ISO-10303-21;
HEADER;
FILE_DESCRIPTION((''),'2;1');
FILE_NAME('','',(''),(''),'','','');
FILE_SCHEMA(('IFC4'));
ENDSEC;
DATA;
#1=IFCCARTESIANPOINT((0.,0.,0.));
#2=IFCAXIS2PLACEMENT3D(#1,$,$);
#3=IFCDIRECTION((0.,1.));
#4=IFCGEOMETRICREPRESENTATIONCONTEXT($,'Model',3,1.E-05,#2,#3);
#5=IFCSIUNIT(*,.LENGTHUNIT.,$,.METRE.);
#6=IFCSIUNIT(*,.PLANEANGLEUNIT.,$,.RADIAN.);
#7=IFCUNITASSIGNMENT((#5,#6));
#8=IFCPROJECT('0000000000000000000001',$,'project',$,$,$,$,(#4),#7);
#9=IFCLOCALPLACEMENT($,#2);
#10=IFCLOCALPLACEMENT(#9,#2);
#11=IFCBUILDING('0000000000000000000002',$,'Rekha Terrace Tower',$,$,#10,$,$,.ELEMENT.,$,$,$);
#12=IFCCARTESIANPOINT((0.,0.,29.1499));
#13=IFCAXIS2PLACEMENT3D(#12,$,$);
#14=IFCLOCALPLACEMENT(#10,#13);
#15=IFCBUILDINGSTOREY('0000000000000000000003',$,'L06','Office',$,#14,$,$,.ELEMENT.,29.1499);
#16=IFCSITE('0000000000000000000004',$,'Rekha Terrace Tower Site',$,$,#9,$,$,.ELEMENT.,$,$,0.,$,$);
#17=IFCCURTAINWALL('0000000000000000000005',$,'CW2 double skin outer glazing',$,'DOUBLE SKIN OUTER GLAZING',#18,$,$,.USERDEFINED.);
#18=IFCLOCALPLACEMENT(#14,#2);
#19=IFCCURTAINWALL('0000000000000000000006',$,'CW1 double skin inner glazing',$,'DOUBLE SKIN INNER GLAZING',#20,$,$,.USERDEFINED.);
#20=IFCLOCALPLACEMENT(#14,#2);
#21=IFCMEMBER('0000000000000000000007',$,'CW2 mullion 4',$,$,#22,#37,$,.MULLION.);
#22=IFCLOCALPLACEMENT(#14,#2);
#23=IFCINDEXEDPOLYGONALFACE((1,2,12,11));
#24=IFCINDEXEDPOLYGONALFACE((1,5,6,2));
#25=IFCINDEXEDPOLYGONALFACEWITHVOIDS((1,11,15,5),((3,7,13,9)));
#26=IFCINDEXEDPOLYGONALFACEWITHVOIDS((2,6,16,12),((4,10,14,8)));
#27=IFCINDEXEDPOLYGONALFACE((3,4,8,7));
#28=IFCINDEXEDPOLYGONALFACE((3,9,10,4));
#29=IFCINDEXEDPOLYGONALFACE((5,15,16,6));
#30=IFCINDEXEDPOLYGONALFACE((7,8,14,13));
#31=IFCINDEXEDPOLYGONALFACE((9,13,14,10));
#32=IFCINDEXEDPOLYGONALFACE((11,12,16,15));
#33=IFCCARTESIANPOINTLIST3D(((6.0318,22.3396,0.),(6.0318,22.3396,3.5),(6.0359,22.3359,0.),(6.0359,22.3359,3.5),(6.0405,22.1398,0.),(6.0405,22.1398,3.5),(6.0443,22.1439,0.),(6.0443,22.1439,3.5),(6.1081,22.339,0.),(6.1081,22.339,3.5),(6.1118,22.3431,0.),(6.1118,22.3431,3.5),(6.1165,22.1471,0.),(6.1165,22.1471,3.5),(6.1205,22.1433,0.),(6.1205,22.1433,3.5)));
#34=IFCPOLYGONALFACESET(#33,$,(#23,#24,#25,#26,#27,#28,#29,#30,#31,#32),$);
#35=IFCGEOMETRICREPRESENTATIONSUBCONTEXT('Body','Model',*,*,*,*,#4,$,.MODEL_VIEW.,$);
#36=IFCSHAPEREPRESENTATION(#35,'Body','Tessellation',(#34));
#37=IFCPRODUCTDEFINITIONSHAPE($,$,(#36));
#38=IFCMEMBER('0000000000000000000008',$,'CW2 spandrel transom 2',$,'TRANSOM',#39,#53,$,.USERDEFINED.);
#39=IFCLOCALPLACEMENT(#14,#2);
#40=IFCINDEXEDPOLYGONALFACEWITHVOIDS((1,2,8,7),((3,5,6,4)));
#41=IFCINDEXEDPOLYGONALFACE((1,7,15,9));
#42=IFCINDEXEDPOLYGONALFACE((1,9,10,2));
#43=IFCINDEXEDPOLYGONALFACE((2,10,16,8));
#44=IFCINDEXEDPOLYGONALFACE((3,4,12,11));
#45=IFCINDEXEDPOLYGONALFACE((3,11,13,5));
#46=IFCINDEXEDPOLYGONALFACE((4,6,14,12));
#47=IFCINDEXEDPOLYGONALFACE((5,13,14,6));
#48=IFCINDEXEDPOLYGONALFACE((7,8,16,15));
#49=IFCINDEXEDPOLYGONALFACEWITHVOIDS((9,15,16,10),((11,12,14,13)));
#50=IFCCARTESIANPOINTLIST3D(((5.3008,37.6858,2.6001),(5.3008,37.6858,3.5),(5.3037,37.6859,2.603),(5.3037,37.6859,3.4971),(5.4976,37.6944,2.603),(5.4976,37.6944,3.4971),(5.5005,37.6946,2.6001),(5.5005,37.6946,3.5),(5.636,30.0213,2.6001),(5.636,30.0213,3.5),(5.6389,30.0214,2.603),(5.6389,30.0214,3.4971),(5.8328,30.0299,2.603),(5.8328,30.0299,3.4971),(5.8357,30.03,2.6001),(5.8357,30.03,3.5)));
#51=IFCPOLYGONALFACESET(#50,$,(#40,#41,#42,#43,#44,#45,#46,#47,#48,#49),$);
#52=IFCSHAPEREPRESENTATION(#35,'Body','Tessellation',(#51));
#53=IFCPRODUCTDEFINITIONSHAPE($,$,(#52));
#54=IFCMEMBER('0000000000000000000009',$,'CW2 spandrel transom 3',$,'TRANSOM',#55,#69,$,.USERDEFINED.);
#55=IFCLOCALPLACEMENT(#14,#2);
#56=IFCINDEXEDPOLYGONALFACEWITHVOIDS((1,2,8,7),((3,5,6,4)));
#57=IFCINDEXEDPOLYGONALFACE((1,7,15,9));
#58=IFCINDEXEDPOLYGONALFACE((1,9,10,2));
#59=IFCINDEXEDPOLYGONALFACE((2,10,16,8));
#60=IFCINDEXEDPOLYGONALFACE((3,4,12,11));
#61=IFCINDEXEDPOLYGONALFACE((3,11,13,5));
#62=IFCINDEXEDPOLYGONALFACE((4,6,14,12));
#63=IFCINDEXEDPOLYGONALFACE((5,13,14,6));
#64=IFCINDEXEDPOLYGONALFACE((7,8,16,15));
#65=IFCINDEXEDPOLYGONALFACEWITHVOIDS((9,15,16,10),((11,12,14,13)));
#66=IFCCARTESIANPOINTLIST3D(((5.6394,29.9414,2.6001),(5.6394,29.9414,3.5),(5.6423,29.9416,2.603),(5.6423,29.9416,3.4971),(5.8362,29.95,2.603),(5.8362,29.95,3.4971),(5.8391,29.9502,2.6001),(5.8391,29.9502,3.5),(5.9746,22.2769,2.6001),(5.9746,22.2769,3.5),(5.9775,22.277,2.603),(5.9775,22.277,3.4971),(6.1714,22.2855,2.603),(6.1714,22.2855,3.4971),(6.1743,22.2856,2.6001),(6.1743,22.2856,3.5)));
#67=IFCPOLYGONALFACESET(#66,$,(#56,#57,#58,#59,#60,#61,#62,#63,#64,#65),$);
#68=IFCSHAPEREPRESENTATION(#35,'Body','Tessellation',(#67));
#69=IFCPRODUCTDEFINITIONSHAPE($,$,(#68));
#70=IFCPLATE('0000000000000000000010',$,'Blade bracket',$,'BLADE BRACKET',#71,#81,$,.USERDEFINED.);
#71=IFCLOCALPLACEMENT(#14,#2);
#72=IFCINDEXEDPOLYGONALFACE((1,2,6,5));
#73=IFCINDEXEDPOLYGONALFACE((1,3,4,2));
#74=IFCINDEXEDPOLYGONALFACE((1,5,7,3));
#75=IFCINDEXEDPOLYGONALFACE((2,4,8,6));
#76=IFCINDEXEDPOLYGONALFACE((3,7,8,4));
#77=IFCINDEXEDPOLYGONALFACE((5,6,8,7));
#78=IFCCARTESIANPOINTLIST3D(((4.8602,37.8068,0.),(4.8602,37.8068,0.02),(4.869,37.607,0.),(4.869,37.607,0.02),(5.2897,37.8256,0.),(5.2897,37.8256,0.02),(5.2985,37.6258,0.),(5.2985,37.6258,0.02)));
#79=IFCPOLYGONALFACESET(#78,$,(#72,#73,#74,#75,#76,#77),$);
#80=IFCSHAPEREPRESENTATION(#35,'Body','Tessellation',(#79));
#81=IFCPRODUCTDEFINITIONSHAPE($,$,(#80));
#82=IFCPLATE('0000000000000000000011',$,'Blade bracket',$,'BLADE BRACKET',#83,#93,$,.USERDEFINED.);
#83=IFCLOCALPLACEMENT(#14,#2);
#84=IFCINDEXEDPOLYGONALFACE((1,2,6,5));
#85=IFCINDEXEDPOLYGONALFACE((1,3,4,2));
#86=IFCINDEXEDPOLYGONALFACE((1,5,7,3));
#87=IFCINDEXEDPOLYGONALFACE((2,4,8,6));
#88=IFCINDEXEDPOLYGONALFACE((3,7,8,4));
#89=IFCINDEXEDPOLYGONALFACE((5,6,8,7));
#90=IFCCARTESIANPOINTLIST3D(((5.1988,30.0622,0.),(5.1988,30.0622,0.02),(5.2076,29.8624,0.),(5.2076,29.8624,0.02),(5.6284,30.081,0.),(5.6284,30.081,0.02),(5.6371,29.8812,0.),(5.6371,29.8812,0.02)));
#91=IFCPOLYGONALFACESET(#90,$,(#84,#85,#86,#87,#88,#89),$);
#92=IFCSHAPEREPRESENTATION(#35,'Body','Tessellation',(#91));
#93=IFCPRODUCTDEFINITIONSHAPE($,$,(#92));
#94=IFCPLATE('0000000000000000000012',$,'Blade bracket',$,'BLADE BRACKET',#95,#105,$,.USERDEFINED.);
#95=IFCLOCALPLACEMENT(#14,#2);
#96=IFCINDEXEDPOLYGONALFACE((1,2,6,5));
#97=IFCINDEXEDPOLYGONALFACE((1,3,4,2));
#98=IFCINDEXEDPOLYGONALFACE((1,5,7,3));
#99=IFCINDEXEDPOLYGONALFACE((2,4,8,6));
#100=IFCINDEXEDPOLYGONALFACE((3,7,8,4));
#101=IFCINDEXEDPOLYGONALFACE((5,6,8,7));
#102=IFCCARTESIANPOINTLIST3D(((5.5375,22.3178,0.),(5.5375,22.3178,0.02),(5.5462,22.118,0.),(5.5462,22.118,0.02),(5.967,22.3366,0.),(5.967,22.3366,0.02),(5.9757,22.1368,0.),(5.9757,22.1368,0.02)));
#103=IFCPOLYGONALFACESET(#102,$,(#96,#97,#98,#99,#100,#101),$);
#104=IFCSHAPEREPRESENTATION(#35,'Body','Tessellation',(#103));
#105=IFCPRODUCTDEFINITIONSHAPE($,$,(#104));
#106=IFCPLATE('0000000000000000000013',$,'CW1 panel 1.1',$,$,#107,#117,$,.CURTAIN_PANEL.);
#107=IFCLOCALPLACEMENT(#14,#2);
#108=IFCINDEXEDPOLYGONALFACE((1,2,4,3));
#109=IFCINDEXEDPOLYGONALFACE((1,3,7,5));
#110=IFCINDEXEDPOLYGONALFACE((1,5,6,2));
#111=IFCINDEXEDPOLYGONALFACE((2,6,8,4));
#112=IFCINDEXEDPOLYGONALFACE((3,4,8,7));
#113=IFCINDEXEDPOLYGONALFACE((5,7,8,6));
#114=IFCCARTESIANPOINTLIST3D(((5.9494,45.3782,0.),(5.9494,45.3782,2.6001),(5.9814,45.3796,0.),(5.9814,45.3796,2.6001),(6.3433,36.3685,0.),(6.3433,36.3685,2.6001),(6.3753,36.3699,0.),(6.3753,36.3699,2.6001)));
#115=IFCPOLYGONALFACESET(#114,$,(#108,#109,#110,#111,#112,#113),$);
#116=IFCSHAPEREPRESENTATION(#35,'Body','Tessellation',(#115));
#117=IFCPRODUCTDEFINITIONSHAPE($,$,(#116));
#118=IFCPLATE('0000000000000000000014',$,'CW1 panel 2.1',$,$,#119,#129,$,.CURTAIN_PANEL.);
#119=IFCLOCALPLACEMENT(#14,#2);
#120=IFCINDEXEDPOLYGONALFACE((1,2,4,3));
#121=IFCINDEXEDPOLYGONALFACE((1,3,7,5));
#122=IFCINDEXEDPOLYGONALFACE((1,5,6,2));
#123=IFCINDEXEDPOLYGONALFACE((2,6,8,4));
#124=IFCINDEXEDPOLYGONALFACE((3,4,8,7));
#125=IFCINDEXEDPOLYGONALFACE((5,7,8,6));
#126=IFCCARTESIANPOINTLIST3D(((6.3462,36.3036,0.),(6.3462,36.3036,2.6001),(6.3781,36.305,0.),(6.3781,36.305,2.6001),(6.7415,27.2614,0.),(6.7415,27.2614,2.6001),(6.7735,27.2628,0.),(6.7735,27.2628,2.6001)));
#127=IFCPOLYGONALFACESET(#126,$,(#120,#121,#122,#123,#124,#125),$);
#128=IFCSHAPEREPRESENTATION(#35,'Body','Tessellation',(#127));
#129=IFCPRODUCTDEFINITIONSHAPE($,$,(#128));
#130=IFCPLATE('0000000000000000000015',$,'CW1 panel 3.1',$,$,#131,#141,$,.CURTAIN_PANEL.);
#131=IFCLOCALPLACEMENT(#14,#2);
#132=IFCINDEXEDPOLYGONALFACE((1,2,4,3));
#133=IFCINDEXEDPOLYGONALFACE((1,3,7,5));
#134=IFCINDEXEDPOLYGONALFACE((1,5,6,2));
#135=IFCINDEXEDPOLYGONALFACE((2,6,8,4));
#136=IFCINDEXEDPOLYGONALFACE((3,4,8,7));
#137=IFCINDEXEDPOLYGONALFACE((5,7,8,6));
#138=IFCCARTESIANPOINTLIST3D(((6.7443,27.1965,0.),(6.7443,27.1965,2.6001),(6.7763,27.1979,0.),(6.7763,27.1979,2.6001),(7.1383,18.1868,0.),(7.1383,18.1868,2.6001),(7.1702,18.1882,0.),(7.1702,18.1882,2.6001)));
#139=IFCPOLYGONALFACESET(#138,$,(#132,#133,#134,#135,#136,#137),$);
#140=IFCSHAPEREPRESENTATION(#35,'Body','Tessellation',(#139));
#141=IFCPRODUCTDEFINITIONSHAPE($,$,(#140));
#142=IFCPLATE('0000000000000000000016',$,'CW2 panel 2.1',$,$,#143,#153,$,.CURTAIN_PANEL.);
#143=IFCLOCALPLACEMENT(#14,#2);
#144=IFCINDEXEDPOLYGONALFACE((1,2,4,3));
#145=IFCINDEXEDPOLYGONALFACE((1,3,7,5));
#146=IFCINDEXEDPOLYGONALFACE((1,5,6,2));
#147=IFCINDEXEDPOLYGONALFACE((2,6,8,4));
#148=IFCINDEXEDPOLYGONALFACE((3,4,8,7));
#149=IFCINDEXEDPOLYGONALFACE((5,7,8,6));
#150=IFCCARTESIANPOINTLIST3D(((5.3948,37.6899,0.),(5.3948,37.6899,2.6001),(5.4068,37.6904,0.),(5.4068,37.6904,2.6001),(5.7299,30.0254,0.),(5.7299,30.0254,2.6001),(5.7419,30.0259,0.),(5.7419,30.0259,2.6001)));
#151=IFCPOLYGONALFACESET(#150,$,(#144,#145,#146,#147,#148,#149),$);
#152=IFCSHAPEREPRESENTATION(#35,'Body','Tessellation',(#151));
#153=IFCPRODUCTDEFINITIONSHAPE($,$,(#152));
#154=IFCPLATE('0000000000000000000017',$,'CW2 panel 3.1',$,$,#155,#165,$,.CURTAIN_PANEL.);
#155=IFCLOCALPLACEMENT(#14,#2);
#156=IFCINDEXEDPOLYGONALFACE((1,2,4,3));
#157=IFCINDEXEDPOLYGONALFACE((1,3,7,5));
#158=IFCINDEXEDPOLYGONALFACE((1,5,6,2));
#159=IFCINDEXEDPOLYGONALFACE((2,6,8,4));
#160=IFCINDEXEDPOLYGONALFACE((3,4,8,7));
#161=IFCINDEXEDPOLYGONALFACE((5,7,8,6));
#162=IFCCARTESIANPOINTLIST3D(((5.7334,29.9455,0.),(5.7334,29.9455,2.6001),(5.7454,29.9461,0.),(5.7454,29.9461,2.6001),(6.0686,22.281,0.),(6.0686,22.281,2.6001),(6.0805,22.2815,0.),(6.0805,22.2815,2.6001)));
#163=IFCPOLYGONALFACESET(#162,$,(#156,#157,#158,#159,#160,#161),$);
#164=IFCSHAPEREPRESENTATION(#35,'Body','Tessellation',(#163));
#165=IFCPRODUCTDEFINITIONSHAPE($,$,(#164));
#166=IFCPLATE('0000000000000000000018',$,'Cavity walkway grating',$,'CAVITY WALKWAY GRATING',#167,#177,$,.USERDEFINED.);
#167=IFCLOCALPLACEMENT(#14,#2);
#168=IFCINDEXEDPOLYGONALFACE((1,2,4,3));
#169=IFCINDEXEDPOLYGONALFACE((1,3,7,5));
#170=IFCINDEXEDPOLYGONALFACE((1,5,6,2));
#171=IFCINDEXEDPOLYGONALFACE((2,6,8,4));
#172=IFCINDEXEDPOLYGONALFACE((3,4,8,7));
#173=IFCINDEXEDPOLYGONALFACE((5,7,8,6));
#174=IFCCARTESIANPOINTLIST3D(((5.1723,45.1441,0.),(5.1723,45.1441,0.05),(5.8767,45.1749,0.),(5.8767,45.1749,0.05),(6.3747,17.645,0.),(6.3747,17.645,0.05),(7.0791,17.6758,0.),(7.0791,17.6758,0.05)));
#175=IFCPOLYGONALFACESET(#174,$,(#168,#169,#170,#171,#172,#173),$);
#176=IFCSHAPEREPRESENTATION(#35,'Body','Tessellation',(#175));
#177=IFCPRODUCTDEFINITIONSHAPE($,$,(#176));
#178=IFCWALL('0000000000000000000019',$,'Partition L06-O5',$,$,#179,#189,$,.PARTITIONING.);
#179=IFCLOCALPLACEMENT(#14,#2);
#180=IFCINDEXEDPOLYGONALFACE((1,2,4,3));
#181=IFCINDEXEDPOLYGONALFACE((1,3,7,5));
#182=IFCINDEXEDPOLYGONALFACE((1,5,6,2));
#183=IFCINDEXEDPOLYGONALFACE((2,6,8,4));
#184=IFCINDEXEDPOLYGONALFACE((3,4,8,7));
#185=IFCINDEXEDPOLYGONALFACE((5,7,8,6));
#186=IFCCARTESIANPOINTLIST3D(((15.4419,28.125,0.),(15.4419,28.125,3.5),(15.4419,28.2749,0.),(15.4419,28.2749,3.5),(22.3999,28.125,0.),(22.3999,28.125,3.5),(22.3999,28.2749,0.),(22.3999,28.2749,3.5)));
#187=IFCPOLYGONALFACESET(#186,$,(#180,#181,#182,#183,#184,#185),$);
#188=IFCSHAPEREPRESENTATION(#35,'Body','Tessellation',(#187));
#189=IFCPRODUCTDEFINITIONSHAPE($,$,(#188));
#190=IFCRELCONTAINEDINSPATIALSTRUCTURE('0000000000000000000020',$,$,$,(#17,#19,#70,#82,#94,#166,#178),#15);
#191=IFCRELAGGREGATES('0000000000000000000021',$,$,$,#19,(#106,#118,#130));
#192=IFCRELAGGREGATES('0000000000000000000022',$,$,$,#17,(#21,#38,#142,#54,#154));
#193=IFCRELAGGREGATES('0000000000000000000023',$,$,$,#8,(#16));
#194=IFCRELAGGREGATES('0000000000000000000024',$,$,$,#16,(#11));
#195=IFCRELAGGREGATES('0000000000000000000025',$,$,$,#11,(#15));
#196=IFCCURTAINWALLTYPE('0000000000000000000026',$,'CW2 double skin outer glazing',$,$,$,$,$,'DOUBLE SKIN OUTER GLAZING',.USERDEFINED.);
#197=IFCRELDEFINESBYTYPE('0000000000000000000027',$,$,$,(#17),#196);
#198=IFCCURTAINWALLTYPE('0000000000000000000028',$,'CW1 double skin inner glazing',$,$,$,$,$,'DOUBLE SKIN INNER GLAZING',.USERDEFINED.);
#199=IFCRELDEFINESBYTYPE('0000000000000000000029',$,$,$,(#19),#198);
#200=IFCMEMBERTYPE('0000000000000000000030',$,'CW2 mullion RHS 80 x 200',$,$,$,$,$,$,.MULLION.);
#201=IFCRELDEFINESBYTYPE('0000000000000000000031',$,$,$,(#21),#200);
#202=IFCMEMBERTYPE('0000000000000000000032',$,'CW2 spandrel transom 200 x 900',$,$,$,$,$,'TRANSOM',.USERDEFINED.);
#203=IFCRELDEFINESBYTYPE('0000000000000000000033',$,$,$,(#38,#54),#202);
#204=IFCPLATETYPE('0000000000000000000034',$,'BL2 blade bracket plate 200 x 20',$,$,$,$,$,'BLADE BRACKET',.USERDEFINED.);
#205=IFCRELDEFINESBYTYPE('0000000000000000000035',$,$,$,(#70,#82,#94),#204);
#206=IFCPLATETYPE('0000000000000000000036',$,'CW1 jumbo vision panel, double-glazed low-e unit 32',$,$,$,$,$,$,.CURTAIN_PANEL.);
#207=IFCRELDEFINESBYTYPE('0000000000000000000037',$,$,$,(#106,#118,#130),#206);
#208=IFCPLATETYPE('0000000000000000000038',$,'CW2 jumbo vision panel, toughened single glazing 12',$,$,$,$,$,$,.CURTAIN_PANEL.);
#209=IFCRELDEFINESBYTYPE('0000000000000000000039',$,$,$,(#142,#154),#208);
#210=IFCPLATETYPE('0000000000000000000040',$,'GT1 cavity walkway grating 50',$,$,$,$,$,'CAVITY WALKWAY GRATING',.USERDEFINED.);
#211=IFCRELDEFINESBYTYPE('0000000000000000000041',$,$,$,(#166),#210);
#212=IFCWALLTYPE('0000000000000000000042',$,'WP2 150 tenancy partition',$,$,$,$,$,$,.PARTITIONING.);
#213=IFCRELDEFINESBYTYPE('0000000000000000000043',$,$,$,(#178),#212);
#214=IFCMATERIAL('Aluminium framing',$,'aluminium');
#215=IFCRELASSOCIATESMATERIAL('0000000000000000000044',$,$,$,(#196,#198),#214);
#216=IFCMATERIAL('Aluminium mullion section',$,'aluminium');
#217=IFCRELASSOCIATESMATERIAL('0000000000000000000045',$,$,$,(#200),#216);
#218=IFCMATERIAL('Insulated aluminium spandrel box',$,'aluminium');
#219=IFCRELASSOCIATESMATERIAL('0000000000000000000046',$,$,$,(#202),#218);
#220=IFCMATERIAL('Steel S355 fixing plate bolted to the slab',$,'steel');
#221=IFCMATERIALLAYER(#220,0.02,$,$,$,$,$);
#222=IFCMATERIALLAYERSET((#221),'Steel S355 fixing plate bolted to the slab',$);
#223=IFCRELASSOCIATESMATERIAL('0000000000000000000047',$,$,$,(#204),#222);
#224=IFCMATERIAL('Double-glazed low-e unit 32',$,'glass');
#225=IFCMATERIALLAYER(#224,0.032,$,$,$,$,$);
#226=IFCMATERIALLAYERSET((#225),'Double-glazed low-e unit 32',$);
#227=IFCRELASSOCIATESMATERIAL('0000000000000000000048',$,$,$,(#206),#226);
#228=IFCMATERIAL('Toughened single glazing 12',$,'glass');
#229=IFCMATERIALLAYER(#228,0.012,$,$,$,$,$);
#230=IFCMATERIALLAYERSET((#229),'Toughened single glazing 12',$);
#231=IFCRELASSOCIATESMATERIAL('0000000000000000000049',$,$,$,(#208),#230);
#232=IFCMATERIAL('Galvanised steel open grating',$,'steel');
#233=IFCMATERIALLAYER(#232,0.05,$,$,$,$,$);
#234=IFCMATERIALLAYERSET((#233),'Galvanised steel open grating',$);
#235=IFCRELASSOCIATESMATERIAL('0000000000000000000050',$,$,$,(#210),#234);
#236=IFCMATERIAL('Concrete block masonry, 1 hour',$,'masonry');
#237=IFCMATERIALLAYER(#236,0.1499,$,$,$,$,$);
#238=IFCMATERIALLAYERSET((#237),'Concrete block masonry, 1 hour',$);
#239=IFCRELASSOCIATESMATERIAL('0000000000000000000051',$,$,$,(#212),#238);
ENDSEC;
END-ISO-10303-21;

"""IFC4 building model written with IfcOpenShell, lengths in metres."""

from ifc_helpers import new_model, si_unit, direction, frame, frame_2d, origin, origin_2d, place, context, subcontext, project, spatial, rectangle, hollow_rectangle, extrude, material, layer, layer_set, material_profile, profile_set, type_object, element, aggregate, save


model = new_model("IFC4")

# Units and contexts
model_context = context("Model", 3, precision=1e-05, world=origin(), true_north=direction((0.0, 1.0)))
body_context = subcontext(model_context, "Body", "Model", "MODEL_VIEW")
ifc_project = project(units=[si_unit("LENGTHUNIT", "METRE"), si_unit("PLANEANGLEUNIT", "RADIAN")], contexts=[model_context])

# Site, building, storey
site_placement = place(None, origin())
site = spatial("IfcSite", under=ifc_project, at=site_placement, Name="Rekha Terrace Tower Site", CompositionType="ELEMENT", RefElevation=0.0)
building_placement = place(site_placement, origin())
building = spatial("IfcBuilding", under=site, at=building_placement, Name="Rekha Terrace Tower", CompositionType="ELEMENT")
storey_placement = place(building_placement, frame((0.0, 0.0, 29.1499)))
storey = spatial("IfcBuildingStorey", under=building, at=storey_placement, Name="L06", Description="Office", CompositionType="ELEMENT", Elevation=29.1499)

# Curtain walls
ifc_material_1 = material(Name="Aluminium framing", Category="aluminium")
curtain_wall_type_1 = type_object("IfcCurtainWallType", Name="CW2 double skin outer glazing", ElementType="DOUBLE SKIN OUTER GLAZING", PredefinedType="USERDEFINED", material=ifc_material_1)
curtain_wall_1_placement = place(storey_placement, origin())
curtain_wall_1 = element("IfcCurtainWall", 1, at=curtain_wall_1_placement, inside=storey, type_object=curtain_wall_type_1, Name="CW2 double skin outer glazing", ObjectType="DOUBLE SKIN OUTER GLAZING", PredefinedType="USERDEFINED")
curtain_wall_type_2 = type_object("IfcCurtainWallType", Name="CW1 double skin inner glazing", ElementType="DOUBLE SKIN INNER GLAZING", PredefinedType="USERDEFINED", material=ifc_material_1)
curtain_wall_2_placement = place(storey_placement, origin())
curtain_wall_2 = element("IfcCurtainWall", 2, at=curtain_wall_2_placement, inside=storey, type_object=curtain_wall_type_2, Name="CW1 double skin inner glazing", ObjectType="DOUBLE SKIN INNER GLAZING", PredefinedType="USERDEFINED")
ifc_material_2 = material(Name="Aluminium mullion section", Category="aluminium")
ifc_material_3 = material(Name="Insulated aluminium spandrel box", Category="aluminium")

# Members
ifc_material_profile_1 = material_profile(ifc_material_2, hollow_rectangle(XDim=0.0801, YDim=0.2, WallThickness=0.0039, at=origin_2d()), Name="AL RHS 80x200")
ifc_profile_set_1 = profile_set([ifc_material_profile_1], Name="Aluminium mullion section")
member_type_1 = type_object("IfcMemberType", Name="CW2 mullion RHS 80 x 200", PredefinedType="MULLION", material=ifc_profile_set_1)
member_1_placement = place(storey_placement, frame((6.0762, 22.2415, 0.0), z_axis=(0.0, 0.0, 1.0), x_axis=(0.999045, 0.043683, 0.0)))
member_1 = element("IfcMember", 3, at=member_1_placement, type_object=member_type_1, Name="CW2 mullion 4", PredefinedType="MULLION", context=body_context, shape_type="SweptSolid", body=[
    extrude(hollow_rectangle(XDim=0.0801, YDim=0.2, WallThickness=0.0039, at=origin_2d()), origin(), (0.0, 0.0, 1.0), 3.5),
])
ifc_material_profile_2 = material_profile(ifc_material_3, hollow_rectangle(XDim=0.2, YDim=0.8999, WallThickness=0.0029, at=origin_2d()), Name="AL SPANDREL BOX 200x900")
ifc_profile_set_2 = profile_set([ifc_material_profile_2], Name="Insulated aluminium spandrel box")
member_type_2 = type_object("IfcMemberType", Name="CW2 spandrel transom 200 x 900", ElementType="TRANSOM", PredefinedType="USERDEFINED", material=ifc_profile_set_2)
member_2_placement = place(storey_placement, frame((5.4006, 37.6902, 3.05), z_axis=(0.043693, -0.999045, 0.0), x_axis=(0.999045, 0.043693, 0.0)))
member_2 = element("IfcMember", 4, at=member_2_placement, type_object=member_type_2, Name="CW2 spandrel transom 2", ObjectType="TRANSOM", PredefinedType="USERDEFINED", context=body_context, shape_type="SweptSolid", body=[
    extrude(hollow_rectangle(XDim=0.2, YDim=0.8999, WallThickness=0.0029, at=origin_2d()), origin(), (0.0, 0.0, 1.0), 7.6719),
])
member_3_placement = place(storey_placement, frame((5.7393, 29.9458, 3.05), z_axis=(0.043693, -0.999045, 0.0), x_axis=(0.999045, 0.043693, 0.0)))
member_3 = element("IfcMember", 5, at=member_3_placement, type_object=member_type_2, Name="CW2 spandrel transom 3", ObjectType="TRANSOM", PredefinedType="USERDEFINED", context=body_context, shape_type="SweptSolid", body=[
    extrude(hollow_rectangle(XDim=0.2, YDim=0.8999, WallThickness=0.0029, at=origin_2d()), origin(), (0.0, 0.0, 1.0), 7.6719),
])

# Plates
ifc_material_4 = material(Name="Steel S355 fixing plate bolted to the slab", Category="steel")
ifc_layer_1 = layer(ifc_material_4, 0.02)
ifc_layer_set_1 = layer_set([ifc_layer_1], Name="Steel S355 fixing plate bolted to the slab")
plate_type_1 = type_object("IfcPlateType", Name="BL2 blade bracket plate 200 x 20", ElementType="BLADE BRACKET", PredefinedType="USERDEFINED", material=ifc_layer_set_1)
for number, where, z_axis, x_axis, name in (
    (6, (5.0793, 37.7163, 0.0), (0.0, 0.0, 1.0), (-0.999045, -0.043682, 0.0), "Blade bracket"),
    (7, (5.418, 29.9717, 0.0), (0.0, 0.0, 1.0), (-0.999045, -0.043682, 0.0), "Blade bracket"),
    (8, (5.7566, 22.2273, 0.0), (0.0, 0.0, 1.0), (-0.999045, -0.043682, 0.0), "Blade bracket"),
):
    element("IfcPlate", number, at=place(storey_placement, frame(where, z_axis=z_axis, x_axis=x_axis)), inside=storey, type_object=plate_type_1, Name=name, ObjectType="BLADE BRACKET", PredefinedType="USERDEFINED", context=body_context, shape_type="SweptSolid", body=[
        extrude(rectangle(XDim=0.4299, YDim=0.2, at=origin_2d()), origin(), (0.0, 0.0, 1.0), 0.02),
    ])

# Plates
ifc_material_5 = material(Name="Double-glazed low-e unit 32", Category="glass")
ifc_layer_2 = layer(ifc_material_5, 0.032)
ifc_layer_set_2 = layer_set([ifc_layer_2], Name="Double-glazed low-e unit 32")
plate_type_2 = type_object("IfcPlateType", Name="CW1 jumbo vision panel, double-glazed low-e unit 32", PredefinedType="CURTAIN_PANEL", material=ifc_layer_set_2)
plate_1_placement = place(storey_placement, frame((6.1624, 40.874, 0.0), z_axis=(0.0, 0.0, 1.0), x_axis=(0.043683, -0.999045, 0.0)))
plate_1 = element("IfcPlate", 9, at=plate_1_placement, type_object=plate_type_2, Name="CW1 panel 1.1", PredefinedType="CURTAIN_PANEL", context=body_context, shape_type="SweptSolid", body=[
    extrude(rectangle(XDim=9.0183, YDim=0.032, at=origin_2d()), origin(), (0.0, 0.0, 1.0), 2.6001),
])
plate_2_placement = place(storey_placement, frame((6.5598, 31.7832, 0.0), z_axis=(0.0, 0.0, 1.0), x_axis=(0.043683, -0.999045, 0.0)))
plate_2 = element("IfcPlate", 10, at=plate_2_placement, type_object=plate_type_2, Name="CW1 panel 2.1", PredefinedType="CURTAIN_PANEL", context=body_context, shape_type="SweptSolid", body=[
    extrude(rectangle(XDim=9.0508, YDim=0.032, at=origin_2d()), origin(), (0.0, 0.0, 1.0), 2.6001),
])
plate_3_placement = place(storey_placement, frame((6.9573, 22.6924, 0.0), z_axis=(0.0, 0.0, 1.0), x_axis=(0.043683, -0.999045, 0.0)))
plate_3 = element("IfcPlate", 11, at=plate_3_placement, type_object=plate_type_2, Name="CW1 panel 3.1", PredefinedType="CURTAIN_PANEL", context=body_context, shape_type="SweptSolid", body=[
    extrude(rectangle(XDim=9.0183, YDim=0.032, at=origin_2d()), origin(), (0.0, 0.0, 1.0), 2.6001),
])
aggregate(curtain_wall_2, [plate_1, plate_2, plate_3])
ifc_material_6 = material(Name="Toughened single glazing 12", Category="glass")
ifc_layer_3 = layer(ifc_material_6, 0.012)
ifc_layer_set_3 = layer_set([ifc_layer_3], Name="Toughened single glazing 12")
plate_type_3 = type_object("IfcPlateType", Name="CW2 jumbo vision panel, toughened single glazing 12", PredefinedType="CURTAIN_PANEL", material=ifc_layer_set_3)
plate_4_placement = place(storey_placement, frame((5.5684, 33.8579, 0.0), z_axis=(0.0, 0.0, 1.0), x_axis=(0.043683, -0.999045, 0.0)))
plate_4 = element("IfcPlate", 12, at=plate_4_placement, type_object=plate_type_3, Name="CW2 panel 2.1", PredefinedType="CURTAIN_PANEL", context=body_context, shape_type="SweptSolid", body=[
    extrude(rectangle(XDim=7.6719, YDim=0.012, at=origin_2d()), origin(), (0.0, 0.0, 1.0), 2.6001),
])
plate_5_placement = place(storey_placement, frame((5.907, 26.1135, 0.0), z_axis=(0.0, 0.0, 1.0), x_axis=(0.043683, -0.999045, 0.0)))
plate_5 = element("IfcPlate", 13, at=plate_5_placement, type_object=plate_type_3, Name="CW2 panel 3.1", PredefinedType="CURTAIN_PANEL", context=body_context, shape_type="SweptSolid", body=[
    extrude(rectangle(XDim=7.6719, YDim=0.012, at=origin_2d()), origin(), (0.0, 0.0, 1.0), 2.6001),
])
aggregate(curtain_wall_1, [member_1, member_2, plate_4, member_3, plate_5])
ifc_material_7 = material(Name="Galvanised steel open grating", Category="steel")
ifc_layer_4 = layer(ifc_material_7, 0.05)
ifc_layer_set_4 = layer_set([ifc_layer_4], Name="Galvanised steel open grating")
plate_type_4 = type_object("IfcPlateType", Name="GT1 cavity walkway grating 50", ElementType="CAVITY WALKWAY GRATING", PredefinedType="USERDEFINED", material=ifc_layer_set_4)
plate_6_placement = place(storey_placement, frame((6.1257, 31.4099, 0.0), z_axis=(0.0, 0.0, 1.0), x_axis=(0.043683, -0.999045, 0.0)))
element("IfcPlate", 14, at=plate_6_placement, inside=storey, type_object=plate_type_4, Name="Cavity walkway grating", ObjectType="CAVITY WALKWAY GRATING", PredefinedType="USERDEFINED", context=body_context, shape_type="SweptSolid", body=[
    extrude(rectangle(XDim=27.5254, YDim=0.7051, at=origin_2d()), origin(), (0.0, 0.0, 1.0), 0.05),
])

# Wall
ifc_material_8 = material(Name="Concrete block masonry, 1 hour", Category="masonry")
ifc_layer_5 = layer(ifc_material_8, 0.1499)
ifc_layer_set_5 = layer_set([ifc_layer_5], Name="Concrete block masonry, 1 hour")
wall_type_1 = type_object("IfcWallType", Name="WP2 150 tenancy partition", PredefinedType="PARTITIONING", material=ifc_layer_set_5)
wall_1_placement = place(storey_placement, frame((15.4419, 28.2, 0.0), z_axis=(0.0, 0.0, 1.0), x_axis=(1.0, 0.0, 0.0)))
element("IfcWall", 15, at=wall_1_placement, inside=storey, type_object=wall_type_1, Name="Partition L06-O5", PredefinedType="PARTITIONING", context=body_context, shape_type="SweptSolid", body=[
    extrude(rectangle(XDim=6.958, YDim=0.1499, at=frame_2d((3.479, 0.0))), origin(), (0.0, 0.0, 1.0), 3.5),
])

save(model, "model.ifc")
